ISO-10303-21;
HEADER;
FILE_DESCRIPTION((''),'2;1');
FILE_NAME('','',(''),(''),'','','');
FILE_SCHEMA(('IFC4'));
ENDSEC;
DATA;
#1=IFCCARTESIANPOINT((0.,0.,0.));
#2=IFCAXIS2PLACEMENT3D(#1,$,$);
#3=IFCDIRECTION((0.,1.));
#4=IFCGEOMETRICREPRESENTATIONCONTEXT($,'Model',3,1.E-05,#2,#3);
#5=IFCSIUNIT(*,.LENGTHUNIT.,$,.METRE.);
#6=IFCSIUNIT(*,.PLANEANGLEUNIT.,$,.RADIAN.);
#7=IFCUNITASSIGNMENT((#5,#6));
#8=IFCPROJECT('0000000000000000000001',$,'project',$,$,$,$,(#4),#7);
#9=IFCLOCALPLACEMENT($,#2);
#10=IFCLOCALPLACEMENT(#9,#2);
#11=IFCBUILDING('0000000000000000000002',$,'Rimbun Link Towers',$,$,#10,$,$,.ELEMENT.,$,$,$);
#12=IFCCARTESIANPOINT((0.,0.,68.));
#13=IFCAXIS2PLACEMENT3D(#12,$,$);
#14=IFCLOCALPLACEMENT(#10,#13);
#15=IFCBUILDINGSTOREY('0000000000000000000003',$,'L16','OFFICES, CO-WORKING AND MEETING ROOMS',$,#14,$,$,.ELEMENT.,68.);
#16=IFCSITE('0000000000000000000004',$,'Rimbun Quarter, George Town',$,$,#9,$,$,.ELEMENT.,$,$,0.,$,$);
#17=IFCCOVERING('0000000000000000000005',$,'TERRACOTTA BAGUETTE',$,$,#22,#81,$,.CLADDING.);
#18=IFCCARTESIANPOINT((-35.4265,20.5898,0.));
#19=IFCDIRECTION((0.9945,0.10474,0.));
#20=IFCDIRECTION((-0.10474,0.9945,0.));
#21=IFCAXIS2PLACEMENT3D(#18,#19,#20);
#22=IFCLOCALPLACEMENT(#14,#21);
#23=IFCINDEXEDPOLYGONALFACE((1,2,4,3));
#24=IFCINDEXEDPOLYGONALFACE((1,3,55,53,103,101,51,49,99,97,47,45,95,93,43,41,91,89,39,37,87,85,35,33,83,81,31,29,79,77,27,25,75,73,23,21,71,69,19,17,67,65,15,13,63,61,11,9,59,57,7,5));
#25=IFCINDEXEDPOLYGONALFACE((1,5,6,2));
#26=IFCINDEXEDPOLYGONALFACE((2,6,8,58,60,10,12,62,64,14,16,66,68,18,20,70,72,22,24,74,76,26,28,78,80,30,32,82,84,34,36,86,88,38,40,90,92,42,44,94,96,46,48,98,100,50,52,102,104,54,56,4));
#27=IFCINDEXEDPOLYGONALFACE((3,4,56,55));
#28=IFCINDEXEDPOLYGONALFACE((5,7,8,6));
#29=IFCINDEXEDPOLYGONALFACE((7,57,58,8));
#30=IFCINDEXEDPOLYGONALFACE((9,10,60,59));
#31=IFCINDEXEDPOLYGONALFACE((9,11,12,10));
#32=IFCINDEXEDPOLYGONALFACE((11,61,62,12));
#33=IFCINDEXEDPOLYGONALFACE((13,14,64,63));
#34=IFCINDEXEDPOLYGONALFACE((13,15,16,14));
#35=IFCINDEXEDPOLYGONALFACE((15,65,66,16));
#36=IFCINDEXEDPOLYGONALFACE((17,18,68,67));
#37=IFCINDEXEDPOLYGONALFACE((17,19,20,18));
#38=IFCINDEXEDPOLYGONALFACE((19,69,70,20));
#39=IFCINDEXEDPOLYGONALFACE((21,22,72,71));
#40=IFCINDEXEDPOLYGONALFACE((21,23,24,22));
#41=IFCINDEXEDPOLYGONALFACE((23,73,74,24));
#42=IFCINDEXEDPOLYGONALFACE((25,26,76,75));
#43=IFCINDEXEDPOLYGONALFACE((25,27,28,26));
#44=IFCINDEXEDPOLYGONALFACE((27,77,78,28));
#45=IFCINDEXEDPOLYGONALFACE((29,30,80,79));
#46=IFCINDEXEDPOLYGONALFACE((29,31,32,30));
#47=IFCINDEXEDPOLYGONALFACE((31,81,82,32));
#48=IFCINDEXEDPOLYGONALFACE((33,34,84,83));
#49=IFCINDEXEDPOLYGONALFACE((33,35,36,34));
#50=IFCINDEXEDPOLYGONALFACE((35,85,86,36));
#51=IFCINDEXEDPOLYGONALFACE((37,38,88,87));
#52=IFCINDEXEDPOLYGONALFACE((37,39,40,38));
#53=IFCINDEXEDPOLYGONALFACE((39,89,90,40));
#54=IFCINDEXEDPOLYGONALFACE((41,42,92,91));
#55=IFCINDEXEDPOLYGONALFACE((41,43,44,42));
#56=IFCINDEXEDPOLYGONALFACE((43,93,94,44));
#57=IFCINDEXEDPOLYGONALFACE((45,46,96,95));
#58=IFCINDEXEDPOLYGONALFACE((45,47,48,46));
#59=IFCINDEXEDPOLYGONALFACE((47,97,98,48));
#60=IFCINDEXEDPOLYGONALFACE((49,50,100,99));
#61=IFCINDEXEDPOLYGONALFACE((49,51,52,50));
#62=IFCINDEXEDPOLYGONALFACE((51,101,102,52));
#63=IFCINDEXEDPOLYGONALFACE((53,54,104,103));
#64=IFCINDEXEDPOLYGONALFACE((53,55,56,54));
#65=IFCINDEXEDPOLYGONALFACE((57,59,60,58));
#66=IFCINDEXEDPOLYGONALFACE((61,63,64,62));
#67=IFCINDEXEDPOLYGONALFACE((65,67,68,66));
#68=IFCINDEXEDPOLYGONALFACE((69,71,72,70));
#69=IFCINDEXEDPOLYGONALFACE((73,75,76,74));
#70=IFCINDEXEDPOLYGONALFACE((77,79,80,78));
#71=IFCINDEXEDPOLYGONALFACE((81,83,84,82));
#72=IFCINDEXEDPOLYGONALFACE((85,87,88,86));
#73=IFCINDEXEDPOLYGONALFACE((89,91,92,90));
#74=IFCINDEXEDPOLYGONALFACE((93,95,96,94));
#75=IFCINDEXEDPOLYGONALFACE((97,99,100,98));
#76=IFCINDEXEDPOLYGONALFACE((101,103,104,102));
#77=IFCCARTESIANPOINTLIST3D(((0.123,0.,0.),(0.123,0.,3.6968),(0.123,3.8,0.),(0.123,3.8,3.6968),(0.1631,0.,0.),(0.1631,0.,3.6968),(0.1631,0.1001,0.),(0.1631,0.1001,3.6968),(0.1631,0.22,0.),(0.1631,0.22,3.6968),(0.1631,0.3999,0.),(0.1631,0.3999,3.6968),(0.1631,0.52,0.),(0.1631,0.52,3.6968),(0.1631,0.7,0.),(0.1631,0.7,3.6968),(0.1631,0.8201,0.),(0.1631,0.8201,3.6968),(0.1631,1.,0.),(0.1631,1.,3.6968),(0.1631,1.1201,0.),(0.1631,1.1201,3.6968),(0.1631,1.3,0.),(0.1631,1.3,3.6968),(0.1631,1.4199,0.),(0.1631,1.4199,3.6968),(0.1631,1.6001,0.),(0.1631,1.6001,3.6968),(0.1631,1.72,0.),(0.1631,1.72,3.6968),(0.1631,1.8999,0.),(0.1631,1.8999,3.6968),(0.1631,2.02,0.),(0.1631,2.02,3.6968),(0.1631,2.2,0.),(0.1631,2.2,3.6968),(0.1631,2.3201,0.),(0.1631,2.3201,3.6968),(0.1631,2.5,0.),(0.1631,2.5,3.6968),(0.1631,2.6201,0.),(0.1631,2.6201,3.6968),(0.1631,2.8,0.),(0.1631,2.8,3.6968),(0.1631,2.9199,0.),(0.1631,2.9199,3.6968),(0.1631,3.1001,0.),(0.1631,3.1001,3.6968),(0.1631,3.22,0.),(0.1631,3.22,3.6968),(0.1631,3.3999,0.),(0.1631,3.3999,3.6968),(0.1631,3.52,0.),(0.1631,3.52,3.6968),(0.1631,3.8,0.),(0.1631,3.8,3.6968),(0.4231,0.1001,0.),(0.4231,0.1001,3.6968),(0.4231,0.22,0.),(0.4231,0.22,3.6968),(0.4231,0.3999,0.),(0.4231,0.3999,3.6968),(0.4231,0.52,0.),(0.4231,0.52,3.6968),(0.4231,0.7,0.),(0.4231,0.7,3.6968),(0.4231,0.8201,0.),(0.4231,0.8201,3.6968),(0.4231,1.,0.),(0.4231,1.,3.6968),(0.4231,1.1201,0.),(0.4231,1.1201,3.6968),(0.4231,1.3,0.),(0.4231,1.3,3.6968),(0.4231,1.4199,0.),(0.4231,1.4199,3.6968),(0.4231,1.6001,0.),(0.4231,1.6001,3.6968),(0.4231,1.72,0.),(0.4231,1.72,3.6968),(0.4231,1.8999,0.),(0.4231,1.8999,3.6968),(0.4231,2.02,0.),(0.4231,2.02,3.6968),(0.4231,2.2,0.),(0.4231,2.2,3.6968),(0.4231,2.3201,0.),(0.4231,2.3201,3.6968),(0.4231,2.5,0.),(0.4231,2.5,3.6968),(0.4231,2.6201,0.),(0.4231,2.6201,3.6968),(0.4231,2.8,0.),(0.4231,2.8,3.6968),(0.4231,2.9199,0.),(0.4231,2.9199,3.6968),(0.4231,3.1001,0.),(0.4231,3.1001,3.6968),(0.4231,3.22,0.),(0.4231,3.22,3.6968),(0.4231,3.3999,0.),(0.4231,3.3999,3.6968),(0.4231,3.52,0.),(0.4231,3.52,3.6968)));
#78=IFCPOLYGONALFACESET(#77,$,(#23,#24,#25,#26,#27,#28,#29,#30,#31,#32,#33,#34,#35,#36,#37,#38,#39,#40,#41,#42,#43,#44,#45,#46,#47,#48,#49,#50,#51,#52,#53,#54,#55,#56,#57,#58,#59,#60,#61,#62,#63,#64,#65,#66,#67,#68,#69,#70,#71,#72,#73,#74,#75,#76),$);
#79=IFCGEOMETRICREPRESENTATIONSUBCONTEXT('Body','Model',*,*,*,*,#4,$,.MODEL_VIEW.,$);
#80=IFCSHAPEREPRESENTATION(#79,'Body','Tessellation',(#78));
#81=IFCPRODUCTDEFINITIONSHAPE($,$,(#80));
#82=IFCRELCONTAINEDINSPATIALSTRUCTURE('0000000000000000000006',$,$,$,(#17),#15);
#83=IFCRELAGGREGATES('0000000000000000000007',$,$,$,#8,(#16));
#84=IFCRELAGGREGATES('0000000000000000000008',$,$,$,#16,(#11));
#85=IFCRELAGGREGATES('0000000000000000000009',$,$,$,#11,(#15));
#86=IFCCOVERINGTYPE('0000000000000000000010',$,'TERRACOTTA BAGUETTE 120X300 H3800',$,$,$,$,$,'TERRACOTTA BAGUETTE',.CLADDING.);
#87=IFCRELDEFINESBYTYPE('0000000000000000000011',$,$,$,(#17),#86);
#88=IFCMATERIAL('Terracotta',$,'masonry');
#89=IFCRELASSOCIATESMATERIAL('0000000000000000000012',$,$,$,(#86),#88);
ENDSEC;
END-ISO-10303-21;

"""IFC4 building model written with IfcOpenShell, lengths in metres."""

from ifc_helpers import new_model, si_unit, direction, frame, origin, place, context, subcontext, project, spatial, polyline, outline, extrude, material, material_profile, profile_set, type_object, element, save


model = new_model("IFC4")

# Units and contexts
model_context = context("Model", 3, precision=1e-05, world=origin(), true_north=direction((0.0, 1.0)))
body_context = subcontext(model_context, "Body", "Model", "MODEL_VIEW")
ifc_project = project(units=[si_unit("LENGTHUNIT", "METRE"), si_unit("PLANEANGLEUNIT", "RADIAN")], contexts=[model_context])

# Site, building, storey
site_placement = place(None, origin())
site = spatial("IfcSite", under=ifc_project, at=site_placement, Name="Rimbun Quarter, George Town", CompositionType="ELEMENT", RefElevation=0.0)
building_placement = place(site_placement, origin())
building = spatial("IfcBuilding", under=site, at=building_placement, Name="Rimbun Link Towers", CompositionType="ELEMENT")
storey_placement = place(building_placement, frame((0.0, 0.0, 68.0)))
storey = spatial("IfcBuildingStorey", under=building, at=storey_placement, Name="L16", Description="OFFICES, CO-WORKING AND MEETING ROOMS", CompositionType="ELEMENT", Elevation=68.0)

# Covering
ifc_material_1 = material(Name="Terracotta", Category="masonry")
ifc_material_profile_1 = material_profile(ifc_material_1, outline(polyline([(0.123, 0.0), (0.1631, 0.0), (0.1631, 0.1001), (0.4231, 0.1001), (0.4231, 0.22), (0.1631, 0.22), (0.1631, 0.3999), (0.4231, 0.3999), (0.4231, 0.52), (0.1631, 0.52), (0.1631, 0.7), (0.4231, 0.7), (0.4231, 0.8201), (0.1631, 0.8201), (0.1631, 1.0), (0.4231, 1.0), (0.4231, 1.1201), (0.1631, 1.1201), (0.1631, 1.3), (0.4231, 1.3), (0.4231, 1.4199), (0.1631, 1.4199), (0.1631, 1.6001), (0.4231, 1.6001), (0.4231, 1.72), (0.1631, 1.72), (0.1631, 1.8999), (0.4231, 1.8999), (0.4231, 2.02), (0.1631, 2.02), (0.1631, 2.2), (0.4231, 2.2), (0.4231, 2.3201), (0.1631, 2.3201), (0.1631, 2.5), (0.4231, 2.5), (0.4231, 2.6201), (0.1631, 2.6201), (0.1631, 2.8), (0.4231, 2.8), (0.4231, 2.9199), (0.1631, 2.9199), (0.1631, 3.1001), (0.4231, 3.1001), (0.4231, 3.22), (0.1631, 3.22), (0.1631, 3.3999), (0.4231, 3.3999), (0.4231, 3.52), (0.1631, 3.52), (0.1631, 3.8), (0.123, 3.8), (0.123, 0.0)])), Name="BAGUETTE 120X300")
ifc_profile_set_1 = profile_set([ifc_material_profile_1], Name="Terracotta")
covering_type = type_object("IfcCoveringType", Name="TERRACOTTA BAGUETTE 120X300 H3800", ElementType="TERRACOTTA BAGUETTE", PredefinedType="CLADDING", material=ifc_profile_set_1)
for number, where, z_axis, x_axis, name in (
    (1, (-35.4265, 20.5898, 0.0), (0.9945, 0.10474, 0.0), (-0.10474, 0.9945, 0.0), "TERRACOTTA BAGUETTE"),
):
    element("IfcCovering", number, at=place(storey_placement, frame(where, z_axis=z_axis, x_axis=x_axis)), inside=storey, type_object=covering_type, Name=name, PredefinedType="CLADDING", context=body_context, shape_type="SweptSolid", body=[
        extrude(outline(polyline([(0.123, 0.0), (0.1631, 0.0), (0.1631, 0.1001), (0.4231, 0.1001), (0.4231, 0.22), (0.1631, 0.22), (0.1631, 0.3999), (0.4231, 0.3999), (0.4231, 0.52), (0.1631, 0.52), (0.1631, 0.7), (0.4231, 0.7), (0.4231, 0.8201), (0.1631, 0.8201), (0.1631, 1.0), (0.4231, 1.0), (0.4231, 1.1201), (0.1631, 1.1201), (0.1631, 1.3), (0.4231, 1.3), (0.4231, 1.4199), (0.1631, 1.4199), (0.1631, 1.6001), (0.4231, 1.6001), (0.4231, 1.72), (0.1631, 1.72), (0.1631, 1.8999), (0.4231, 1.8999), (0.4231, 2.02), (0.1631, 2.02), (0.1631, 2.2), (0.4231, 2.2), (0.4231, 2.3201), (0.1631, 2.3201), (0.1631, 2.5), (0.4231, 2.5), (0.4231, 2.6201), (0.1631, 2.6201), (0.1631, 2.8), (0.4231, 2.8), (0.4231, 2.9199), (0.1631, 2.9199), (0.1631, 3.1001), (0.4231, 3.1001), (0.4231, 3.22), (0.1631, 3.22), (0.1631, 3.3999), (0.4231, 3.3999), (0.4231, 3.52), (0.1631, 3.52), (0.1631, 3.8), (0.123, 3.8), (0.123, 0.0)])), origin(), (0.0, 0.0, 1.0), 3.6968),
    ])

save(model, "model.ifc")
